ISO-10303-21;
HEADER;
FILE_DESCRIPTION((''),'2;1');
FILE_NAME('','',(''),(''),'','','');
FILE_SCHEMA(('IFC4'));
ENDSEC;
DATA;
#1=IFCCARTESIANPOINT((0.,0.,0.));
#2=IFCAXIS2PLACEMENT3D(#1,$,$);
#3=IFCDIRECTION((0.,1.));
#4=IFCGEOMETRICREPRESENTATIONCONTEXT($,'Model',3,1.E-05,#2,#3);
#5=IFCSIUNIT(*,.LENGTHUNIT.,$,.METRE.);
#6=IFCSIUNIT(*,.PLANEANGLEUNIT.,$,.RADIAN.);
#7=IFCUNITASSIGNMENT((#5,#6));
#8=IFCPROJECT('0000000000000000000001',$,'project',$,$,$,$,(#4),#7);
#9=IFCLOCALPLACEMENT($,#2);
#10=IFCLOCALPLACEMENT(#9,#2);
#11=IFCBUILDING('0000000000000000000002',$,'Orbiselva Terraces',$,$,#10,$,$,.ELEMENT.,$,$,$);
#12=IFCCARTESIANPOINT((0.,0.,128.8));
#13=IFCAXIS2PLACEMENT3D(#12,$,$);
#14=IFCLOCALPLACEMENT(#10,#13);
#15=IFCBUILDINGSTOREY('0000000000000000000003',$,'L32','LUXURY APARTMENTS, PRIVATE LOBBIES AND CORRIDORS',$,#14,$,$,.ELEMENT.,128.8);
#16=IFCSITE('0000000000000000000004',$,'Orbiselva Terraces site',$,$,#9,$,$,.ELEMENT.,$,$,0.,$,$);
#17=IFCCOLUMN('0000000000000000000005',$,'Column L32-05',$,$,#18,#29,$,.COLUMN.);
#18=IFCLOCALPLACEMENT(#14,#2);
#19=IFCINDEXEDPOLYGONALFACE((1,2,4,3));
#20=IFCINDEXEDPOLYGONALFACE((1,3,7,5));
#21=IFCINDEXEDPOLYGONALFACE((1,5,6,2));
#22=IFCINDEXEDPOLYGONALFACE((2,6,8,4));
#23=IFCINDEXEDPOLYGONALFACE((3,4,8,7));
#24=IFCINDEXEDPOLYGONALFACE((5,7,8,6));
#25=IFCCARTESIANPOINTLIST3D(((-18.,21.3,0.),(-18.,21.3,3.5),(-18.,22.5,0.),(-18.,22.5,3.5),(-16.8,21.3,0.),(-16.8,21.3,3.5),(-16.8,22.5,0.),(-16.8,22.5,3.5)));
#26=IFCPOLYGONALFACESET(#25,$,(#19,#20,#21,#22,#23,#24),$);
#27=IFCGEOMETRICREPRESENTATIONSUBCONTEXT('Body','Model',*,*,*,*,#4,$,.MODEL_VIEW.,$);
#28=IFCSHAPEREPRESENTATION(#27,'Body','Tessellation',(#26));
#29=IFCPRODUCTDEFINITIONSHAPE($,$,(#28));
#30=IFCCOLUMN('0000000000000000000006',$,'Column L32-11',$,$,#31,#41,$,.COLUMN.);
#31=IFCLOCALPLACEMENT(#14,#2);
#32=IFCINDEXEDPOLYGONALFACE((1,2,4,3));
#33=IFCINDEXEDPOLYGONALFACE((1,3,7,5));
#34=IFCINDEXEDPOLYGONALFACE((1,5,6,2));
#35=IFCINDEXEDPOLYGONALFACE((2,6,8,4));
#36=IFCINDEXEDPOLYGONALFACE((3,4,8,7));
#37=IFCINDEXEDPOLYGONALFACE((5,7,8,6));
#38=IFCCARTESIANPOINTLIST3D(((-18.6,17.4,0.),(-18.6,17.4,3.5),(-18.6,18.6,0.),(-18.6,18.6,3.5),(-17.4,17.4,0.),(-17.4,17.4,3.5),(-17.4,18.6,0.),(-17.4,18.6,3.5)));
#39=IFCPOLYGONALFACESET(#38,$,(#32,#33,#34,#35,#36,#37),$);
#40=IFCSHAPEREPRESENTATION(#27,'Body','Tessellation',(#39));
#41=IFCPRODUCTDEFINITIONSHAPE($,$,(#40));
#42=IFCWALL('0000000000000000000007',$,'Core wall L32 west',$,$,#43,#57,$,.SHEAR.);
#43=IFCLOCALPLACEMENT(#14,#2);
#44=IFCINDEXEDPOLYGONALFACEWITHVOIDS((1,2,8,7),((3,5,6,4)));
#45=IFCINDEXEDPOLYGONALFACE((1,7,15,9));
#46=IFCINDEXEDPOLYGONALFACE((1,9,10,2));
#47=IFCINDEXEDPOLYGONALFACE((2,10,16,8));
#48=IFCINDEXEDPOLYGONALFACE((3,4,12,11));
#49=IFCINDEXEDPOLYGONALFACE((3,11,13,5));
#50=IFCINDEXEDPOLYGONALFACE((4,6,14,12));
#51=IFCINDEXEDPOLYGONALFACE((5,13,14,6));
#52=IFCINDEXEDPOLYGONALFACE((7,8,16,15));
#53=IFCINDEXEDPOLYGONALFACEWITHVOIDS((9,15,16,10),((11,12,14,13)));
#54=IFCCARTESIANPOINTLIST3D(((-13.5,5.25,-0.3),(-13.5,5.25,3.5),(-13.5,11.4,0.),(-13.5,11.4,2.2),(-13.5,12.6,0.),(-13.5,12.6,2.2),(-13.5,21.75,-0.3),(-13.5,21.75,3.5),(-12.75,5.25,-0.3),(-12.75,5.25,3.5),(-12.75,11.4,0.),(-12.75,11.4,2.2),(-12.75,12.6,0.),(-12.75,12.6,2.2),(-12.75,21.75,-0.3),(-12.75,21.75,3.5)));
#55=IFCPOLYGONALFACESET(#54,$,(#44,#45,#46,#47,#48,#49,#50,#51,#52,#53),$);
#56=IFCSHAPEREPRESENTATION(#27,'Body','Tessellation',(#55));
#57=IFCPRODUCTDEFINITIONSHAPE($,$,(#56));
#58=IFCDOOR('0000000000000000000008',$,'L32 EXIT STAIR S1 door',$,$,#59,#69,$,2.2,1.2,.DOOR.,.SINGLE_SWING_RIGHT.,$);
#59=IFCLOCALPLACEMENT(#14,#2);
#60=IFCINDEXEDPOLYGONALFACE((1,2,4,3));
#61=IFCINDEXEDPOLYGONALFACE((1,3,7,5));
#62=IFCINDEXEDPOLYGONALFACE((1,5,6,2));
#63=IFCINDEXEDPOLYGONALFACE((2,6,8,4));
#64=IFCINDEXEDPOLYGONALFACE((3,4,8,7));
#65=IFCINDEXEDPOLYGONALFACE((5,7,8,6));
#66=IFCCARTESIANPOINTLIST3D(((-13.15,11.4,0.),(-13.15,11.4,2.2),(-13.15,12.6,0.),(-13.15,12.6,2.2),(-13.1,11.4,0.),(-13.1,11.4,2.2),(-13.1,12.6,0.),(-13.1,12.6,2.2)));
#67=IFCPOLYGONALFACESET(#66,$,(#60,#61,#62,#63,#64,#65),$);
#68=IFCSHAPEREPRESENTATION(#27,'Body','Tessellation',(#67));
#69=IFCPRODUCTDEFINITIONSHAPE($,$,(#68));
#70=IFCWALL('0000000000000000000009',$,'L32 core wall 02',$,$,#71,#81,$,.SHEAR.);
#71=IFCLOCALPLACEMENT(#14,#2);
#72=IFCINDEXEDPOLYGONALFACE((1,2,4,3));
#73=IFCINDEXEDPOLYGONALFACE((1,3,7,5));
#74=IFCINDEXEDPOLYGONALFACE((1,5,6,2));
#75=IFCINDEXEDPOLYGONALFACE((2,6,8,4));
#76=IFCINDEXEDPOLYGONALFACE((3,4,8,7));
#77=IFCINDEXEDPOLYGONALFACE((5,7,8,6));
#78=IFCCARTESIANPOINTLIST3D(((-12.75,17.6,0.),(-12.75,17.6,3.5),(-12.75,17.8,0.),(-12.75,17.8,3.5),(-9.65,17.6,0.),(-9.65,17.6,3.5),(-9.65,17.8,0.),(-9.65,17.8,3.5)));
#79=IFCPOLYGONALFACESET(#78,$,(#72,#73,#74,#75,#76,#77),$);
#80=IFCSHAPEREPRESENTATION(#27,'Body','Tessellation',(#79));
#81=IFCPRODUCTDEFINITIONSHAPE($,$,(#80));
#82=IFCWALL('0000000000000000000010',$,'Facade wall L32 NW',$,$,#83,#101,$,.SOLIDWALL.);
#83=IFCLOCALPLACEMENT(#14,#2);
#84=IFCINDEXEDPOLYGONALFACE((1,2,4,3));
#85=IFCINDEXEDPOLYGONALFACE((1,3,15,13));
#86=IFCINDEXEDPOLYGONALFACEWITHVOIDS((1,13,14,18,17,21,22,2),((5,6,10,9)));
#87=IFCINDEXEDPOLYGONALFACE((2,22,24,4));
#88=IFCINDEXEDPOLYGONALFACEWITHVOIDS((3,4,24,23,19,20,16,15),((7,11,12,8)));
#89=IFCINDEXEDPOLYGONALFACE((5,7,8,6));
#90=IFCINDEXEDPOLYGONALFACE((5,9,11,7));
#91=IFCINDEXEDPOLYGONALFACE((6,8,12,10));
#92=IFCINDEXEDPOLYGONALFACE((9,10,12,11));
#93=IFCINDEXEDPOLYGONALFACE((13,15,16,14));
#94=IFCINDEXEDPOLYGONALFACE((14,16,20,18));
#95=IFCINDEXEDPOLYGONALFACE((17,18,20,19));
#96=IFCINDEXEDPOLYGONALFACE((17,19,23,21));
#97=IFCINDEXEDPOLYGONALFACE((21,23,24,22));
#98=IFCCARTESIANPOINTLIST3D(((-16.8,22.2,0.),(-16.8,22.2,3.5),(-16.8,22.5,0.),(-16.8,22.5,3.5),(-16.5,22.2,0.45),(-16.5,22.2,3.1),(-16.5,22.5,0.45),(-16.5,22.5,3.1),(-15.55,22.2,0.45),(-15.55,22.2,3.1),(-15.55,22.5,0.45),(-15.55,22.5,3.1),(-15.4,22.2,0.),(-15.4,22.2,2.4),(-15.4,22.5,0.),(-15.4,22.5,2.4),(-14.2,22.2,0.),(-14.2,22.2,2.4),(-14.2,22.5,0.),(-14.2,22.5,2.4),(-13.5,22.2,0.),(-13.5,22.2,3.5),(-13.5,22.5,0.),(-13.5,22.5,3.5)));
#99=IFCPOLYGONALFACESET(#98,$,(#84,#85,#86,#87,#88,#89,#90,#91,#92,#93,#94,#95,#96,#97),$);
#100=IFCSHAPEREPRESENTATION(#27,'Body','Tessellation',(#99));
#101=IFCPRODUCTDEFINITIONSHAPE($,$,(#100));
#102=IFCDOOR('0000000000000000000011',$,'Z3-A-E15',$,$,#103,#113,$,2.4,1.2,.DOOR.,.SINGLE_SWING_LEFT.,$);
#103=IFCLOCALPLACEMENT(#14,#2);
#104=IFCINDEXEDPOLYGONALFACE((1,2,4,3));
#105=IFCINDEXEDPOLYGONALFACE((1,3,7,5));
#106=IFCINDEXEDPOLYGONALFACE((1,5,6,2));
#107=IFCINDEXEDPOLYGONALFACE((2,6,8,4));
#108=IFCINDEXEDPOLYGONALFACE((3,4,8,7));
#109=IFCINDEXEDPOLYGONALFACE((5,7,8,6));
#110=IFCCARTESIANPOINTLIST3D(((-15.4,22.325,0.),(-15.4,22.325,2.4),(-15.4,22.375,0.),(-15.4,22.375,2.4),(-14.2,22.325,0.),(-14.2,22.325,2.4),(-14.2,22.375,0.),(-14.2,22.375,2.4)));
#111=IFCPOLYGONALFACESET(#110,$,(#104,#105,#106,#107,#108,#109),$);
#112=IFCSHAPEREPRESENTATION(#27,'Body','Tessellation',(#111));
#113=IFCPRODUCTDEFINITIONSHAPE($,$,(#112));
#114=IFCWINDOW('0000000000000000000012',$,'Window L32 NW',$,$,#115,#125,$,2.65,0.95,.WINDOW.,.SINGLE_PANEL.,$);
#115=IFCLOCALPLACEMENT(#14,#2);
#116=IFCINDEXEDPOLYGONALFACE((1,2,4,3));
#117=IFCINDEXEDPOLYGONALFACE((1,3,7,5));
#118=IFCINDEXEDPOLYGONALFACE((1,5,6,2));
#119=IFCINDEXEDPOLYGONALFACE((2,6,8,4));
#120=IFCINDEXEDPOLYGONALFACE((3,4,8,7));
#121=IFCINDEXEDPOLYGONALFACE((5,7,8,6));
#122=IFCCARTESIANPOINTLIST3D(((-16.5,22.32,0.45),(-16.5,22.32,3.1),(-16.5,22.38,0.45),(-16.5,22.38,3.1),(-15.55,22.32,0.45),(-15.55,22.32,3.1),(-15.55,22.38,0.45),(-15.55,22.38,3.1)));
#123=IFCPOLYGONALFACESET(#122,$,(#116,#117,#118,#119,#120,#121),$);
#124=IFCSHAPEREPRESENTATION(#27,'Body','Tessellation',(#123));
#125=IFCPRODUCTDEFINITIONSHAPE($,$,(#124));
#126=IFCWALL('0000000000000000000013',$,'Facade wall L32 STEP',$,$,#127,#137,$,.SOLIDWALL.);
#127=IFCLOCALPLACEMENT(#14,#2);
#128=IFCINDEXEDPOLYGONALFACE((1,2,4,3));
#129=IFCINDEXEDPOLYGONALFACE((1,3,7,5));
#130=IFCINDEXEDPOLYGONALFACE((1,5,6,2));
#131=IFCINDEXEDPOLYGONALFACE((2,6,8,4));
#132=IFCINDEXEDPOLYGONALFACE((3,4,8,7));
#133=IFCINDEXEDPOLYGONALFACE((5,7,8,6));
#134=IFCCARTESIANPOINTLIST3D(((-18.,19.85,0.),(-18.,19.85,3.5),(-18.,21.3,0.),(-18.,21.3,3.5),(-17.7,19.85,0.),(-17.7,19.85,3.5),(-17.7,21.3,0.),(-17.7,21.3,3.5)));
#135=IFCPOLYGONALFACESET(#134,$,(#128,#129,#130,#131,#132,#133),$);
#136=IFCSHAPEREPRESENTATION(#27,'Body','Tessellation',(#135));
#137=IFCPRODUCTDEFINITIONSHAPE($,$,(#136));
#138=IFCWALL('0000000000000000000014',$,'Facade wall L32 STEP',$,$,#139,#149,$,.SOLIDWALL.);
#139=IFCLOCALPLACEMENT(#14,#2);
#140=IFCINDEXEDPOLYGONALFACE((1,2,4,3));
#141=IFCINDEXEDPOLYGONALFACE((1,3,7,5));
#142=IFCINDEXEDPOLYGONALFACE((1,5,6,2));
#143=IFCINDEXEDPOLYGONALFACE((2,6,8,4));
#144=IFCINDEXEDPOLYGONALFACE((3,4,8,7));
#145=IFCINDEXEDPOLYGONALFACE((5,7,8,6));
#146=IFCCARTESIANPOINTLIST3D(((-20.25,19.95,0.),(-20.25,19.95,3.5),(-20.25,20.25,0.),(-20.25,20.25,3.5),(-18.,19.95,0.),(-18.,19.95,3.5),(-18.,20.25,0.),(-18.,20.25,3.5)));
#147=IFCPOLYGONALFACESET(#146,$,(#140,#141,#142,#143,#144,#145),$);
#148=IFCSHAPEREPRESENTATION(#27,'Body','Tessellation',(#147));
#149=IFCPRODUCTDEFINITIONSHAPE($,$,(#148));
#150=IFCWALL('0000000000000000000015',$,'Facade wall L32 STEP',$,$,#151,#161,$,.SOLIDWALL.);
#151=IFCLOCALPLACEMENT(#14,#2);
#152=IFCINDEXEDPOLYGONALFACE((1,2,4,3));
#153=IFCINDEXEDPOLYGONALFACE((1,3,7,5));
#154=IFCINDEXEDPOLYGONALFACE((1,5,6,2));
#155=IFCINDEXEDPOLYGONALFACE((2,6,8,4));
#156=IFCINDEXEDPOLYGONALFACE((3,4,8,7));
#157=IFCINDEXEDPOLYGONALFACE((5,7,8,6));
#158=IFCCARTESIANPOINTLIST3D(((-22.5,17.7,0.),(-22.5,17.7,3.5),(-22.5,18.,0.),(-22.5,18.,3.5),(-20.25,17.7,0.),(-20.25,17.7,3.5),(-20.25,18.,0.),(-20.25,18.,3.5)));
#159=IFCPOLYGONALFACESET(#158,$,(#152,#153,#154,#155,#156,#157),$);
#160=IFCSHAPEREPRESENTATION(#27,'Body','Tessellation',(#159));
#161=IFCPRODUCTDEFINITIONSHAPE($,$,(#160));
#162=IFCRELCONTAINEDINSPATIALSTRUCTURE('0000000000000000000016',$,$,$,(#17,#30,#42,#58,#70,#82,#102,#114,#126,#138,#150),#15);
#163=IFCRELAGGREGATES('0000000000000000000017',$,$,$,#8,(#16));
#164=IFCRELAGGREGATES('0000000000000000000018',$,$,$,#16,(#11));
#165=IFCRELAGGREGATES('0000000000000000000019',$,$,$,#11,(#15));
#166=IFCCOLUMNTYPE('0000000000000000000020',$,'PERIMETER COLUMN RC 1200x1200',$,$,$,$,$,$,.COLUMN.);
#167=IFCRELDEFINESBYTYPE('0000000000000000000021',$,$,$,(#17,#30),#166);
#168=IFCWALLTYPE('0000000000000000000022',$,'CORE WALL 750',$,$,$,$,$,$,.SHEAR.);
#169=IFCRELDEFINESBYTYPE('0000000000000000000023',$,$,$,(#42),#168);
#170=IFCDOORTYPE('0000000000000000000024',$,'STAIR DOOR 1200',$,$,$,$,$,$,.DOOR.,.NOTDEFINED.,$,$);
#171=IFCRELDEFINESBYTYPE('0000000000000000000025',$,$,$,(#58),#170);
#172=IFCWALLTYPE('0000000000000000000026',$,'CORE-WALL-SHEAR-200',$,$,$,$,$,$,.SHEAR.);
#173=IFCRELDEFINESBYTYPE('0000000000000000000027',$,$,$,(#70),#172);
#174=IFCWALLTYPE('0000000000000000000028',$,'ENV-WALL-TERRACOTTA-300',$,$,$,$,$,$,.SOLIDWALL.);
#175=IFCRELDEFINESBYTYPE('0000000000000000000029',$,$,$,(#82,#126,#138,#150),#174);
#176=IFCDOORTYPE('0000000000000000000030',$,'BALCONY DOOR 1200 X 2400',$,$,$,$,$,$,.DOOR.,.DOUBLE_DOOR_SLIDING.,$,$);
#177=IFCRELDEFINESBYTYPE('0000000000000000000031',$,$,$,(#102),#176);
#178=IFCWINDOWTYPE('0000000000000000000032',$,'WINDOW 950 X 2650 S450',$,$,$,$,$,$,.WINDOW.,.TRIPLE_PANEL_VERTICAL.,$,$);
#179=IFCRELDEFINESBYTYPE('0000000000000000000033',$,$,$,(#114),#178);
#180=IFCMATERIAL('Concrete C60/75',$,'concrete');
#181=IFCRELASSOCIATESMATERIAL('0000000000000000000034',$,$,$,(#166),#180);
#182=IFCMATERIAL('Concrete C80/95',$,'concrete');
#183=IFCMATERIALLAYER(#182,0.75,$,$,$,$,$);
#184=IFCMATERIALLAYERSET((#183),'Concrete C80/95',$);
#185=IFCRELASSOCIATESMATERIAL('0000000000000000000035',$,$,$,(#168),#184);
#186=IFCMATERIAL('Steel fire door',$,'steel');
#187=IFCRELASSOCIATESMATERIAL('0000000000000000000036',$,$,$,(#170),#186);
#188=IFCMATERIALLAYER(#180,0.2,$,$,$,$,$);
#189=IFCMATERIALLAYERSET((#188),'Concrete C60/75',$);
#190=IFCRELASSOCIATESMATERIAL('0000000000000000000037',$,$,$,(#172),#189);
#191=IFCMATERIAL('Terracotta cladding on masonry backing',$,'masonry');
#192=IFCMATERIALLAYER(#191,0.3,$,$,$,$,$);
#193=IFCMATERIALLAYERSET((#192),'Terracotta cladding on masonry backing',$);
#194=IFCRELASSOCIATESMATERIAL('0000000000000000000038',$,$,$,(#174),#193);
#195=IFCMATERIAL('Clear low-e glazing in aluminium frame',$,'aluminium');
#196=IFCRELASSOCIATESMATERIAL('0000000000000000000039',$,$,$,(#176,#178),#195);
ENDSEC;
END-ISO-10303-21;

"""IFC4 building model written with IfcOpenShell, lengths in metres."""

from ifc_helpers import new_model, si_unit, direction, frame, frame_2d, origin, origin_2d, place, context, subcontext, project, spatial, rectangle, extrude, material, layer, layer_set, material_profile, profile_set, type_object, element, fill, save


model = new_model("IFC4")

# Units and contexts
model_context = context("Model", 3, precision=1e-05, world=origin(), true_north=direction((0.0, 1.0)))
body_context = subcontext(model_context, "Body", "Model", "MODEL_VIEW")
ifc_project = project(units=[si_unit("LENGTHUNIT", "METRE"), si_unit("PLANEANGLEUNIT", "RADIAN")], contexts=[model_context])

# Site, building, storey
site_placement = place(None, origin())
site = spatial("IfcSite", under=ifc_project, at=site_placement, Name="Orbiselva Terraces site", CompositionType="ELEMENT", RefElevation=0.0)
building_placement = place(site_placement, origin())
building = spatial("IfcBuilding", under=site, at=building_placement, Name="Orbiselva Terraces", CompositionType="ELEMENT")
storey_placement = place(building_placement, frame((0.0, 0.0, 128.8)))
storey = spatial("IfcBuildingStorey", under=building, at=storey_placement, Name="L32", Description="LUXURY APARTMENTS, PRIVATE LOBBIES AND CORRIDORS", CompositionType="ELEMENT", Elevation=128.8)

# Columns
ifc_material_1 = material(Name="Concrete C60/75", Category="concrete")
ifc_material_profile = material_profile(ifc_material_1, rectangle(XDim=1.2, YDim=1.2, at=origin_2d()), Name="RC 1200x1200")
ifc_profile_set = profile_set([ifc_material_profile], Name="Concrete C60/75")
column_type = type_object("IfcColumnType", Name="PERIMETER COLUMN RC 1200x1200", PredefinedType="COLUMN", material=ifc_profile_set)
for number, where, z_axis, x_axis, name in (
    (1, (-17.4, 21.9, 0.0), (0.0, 0.0, 1.0), (1.0, 0.0, 0.0), "Column L32-05"),
    (2, (-18.0, 18.0, 0.0), (0.0, 0.0, 1.0), (1.0, 0.0, 0.0), "Column L32-11"),
):
    element("IfcColumn", number, at=place(storey_placement, frame(where, z_axis=z_axis, x_axis=x_axis)), inside=storey, type_object=column_type, Name=name, PredefinedType="COLUMN", context=body_context, shape_type="SweptSolid", body=[
        extrude(rectangle(XDim=1.2, YDim=1.2, at=origin_2d()), origin(), (0.0, 0.0, 1.0), 3.5),
    ])

# Wall, opening, door
ifc_material_2 = material(Name="Concrete C80/95", Category="concrete")
ifc_layer_1 = layer(ifc_material_2, 0.75)
ifc_layer_set_1 = layer_set([ifc_layer_1], Name="Concrete C80/95")
wall_type_1 = type_object("IfcWallType", Name="CORE WALL 750", PredefinedType="SHEAR", material=ifc_layer_set_1)
wall_1_placement = place(storey_placement, frame((-13.125, 21.75, -0.3), z_axis=(0.0, 0.0, 1.0), x_axis=(0.0, -1.0, 0.0)))
wall_1 = element("IfcWall", 3, at=wall_1_placement, inside=storey, type_object=wall_type_1, Name="Core wall L32 west", PredefinedType="SHEAR", context=body_context, shape_type="SweptSolid", body=[
    extrude(rectangle(XDim=16.5, YDim=0.75, at=frame_2d((8.25, 0.0))), origin(), (0.0, 0.0, 1.0), 3.8),
])
opening_1_placement = place(wall_1_placement, frame((9.15, 0.0, 0.3)))
opening_1 = element("IfcOpeningElement", 4, at=opening_1_placement, cuts=wall_1, PredefinedType="OPENING", context=body_context, shape_type="SweptSolid", body=[
    extrude(rectangle(XDim=1.2, YDim=2.2, at=frame_2d((0.6, 1.1))), frame((0.0, 0.385, 0.0), z_axis=(0.0, -1.0, 0.0), x_axis=(1.0, 0.0, 0.0)), (0.0, 0.0, 1.0), 0.77),
])
ifc_material_3 = material(Name="Steel fire door", Category="steel")
door_type_1 = type_object("IfcDoorType", Name="STAIR DOOR 1200", OperationType="NOTDEFINED", PredefinedType="DOOR", material=ifc_material_3)
door_1_placement = place(opening_1_placement, frame((1.2, 0.0, 0.0), z_axis=(0.0, 0.0, 1.0), x_axis=(-1.0, 0.0, 0.0)))
door_1 = element("IfcDoor", 5, at=door_1_placement, inside=storey, type_object=door_type_1, Name="L32 EXIT STAIR S1 door", OperationType="SINGLE_SWING_RIGHT", OverallHeight=2.2, OverallWidth=1.2, PredefinedType="DOOR", context=body_context, shape_type="SweptSolid", body=[
    extrude(rectangle(XDim=1.2, YDim=2.2, at=frame_2d((0.6, 1.1))), frame((0.0, 0.025, 0.0), z_axis=(0.0, -1.0, 0.0), x_axis=(1.0, 0.0, 0.0)), (0.0, 0.0, 1.0), 0.05),
])
fill(opening_1, door_1)

# Wall
ifc_layer_2 = layer(ifc_material_1, 0.2)
ifc_layer_set_2 = layer_set([ifc_layer_2], Name="Concrete C60/75")
wall_type_2 = type_object("IfcWallType", Name="CORE-WALL-SHEAR-200", PredefinedType="SHEAR", material=ifc_layer_set_2)
wall_2_placement = place(storey_placement, frame((-12.75, 17.7, 0.0), z_axis=(0.0, 0.0, 1.0), x_axis=(1.0, 0.0, 0.0)))
element("IfcWall", 6, at=wall_2_placement, inside=storey, type_object=wall_type_2, Name="L32 core wall 02", PredefinedType="SHEAR", context=body_context, shape_type="SweptSolid", body=[
    extrude(rectangle(XDim=3.1, YDim=0.2, at=frame_2d((1.55, 0.0))), origin(), (0.0, 0.0, 1.0), 3.5),
])

# Wall, openings, door, window
ifc_material_4 = material(Name="Terracotta cladding on masonry backing", Category="masonry")
ifc_layer_3 = layer(ifc_material_4, 0.3)
ifc_layer_set_3 = layer_set([ifc_layer_3], Name="Terracotta cladding on masonry backing")
wall_type_3 = type_object("IfcWallType", Name="ENV-WALL-TERRACOTTA-300", PredefinedType="SOLIDWALL", material=ifc_layer_set_3)
wall_3_placement = place(storey_placement, frame((-16.8, 22.35, 0.0), z_axis=(0.0, 0.0, 1.0), x_axis=(1.0, 0.0, 0.0)))
wall_3 = element("IfcWall", 7, at=wall_3_placement, inside=storey, type_object=wall_type_3, Name="Facade wall L32 NW", PredefinedType="SOLIDWALL", context=body_context, shape_type="SweptSolid", body=[
    extrude(rectangle(XDim=3.3, YDim=0.3, at=frame_2d((1.65, 0.0))), origin(), (0.0, 0.0, 1.0), 3.5),
])
opening_2_placement = place(wall_3_placement, frame((1.4, 0.0, 0.0)))
opening_2 = element("IfcOpeningElement", 8, at=opening_2_placement, cuts=wall_3, PredefinedType="OPENING", context=body_context, shape_type="SweptSolid", body=[
    extrude(rectangle(XDim=1.2, YDim=2.4, at=frame_2d((0.6, 1.2))), frame((0.0, 0.16, 0.0), z_axis=(0.0, -1.0, 0.0), x_axis=(1.0, 0.0, 0.0)), (0.0, 0.0, 1.0), 0.32),
])
opening_3_placement = place(wall_3_placement, frame((0.3, 0.0, 0.45)))
opening_3 = element("IfcOpeningElement", 9, at=opening_3_placement, cuts=wall_3, PredefinedType="OPENING", context=body_context, shape_type="SweptSolid", body=[
    extrude(rectangle(XDim=0.95, YDim=2.65, at=frame_2d((0.475, 1.325))), frame((0.0, 0.16, 0.0), z_axis=(0.0, -1.0, 0.0), x_axis=(1.0, 0.0, 0.0)), (0.0, 0.0, 1.0), 0.32),
])
ifc_material_5 = material(Name="Clear low-e glazing in aluminium frame", Category="aluminium")
door_type_2 = type_object("IfcDoorType", Name="BALCONY DOOR 1200 X 2400", OperationType="DOUBLE_DOOR_SLIDING", PredefinedType="DOOR", material=ifc_material_5)
door_2_placement = place(opening_2_placement, origin())
door_2 = element("IfcDoor", 10, at=door_2_placement, inside=storey, type_object=door_type_2, Name="Z3-A-E15", OperationType="SINGLE_SWING_LEFT", OverallHeight=2.4, OverallWidth=1.2, PredefinedType="DOOR", context=body_context, shape_type="SweptSolid", body=[
    extrude(rectangle(XDim=1.2, YDim=2.4, at=frame_2d((0.6, 1.2))), frame((0.0, 0.025, 0.0), z_axis=(0.0, -1.0, 0.0), x_axis=(1.0, 0.0, 0.0)), (0.0, 0.0, 1.0), 0.05),
])
fill(opening_2, door_2)
window_type = type_object("IfcWindowType", Name="WINDOW 950 X 2650 S450", PartitioningType="TRIPLE_PANEL_VERTICAL", PredefinedType="WINDOW", material=ifc_material_5)
window_placement = place(opening_3_placement, origin())
window = element("IfcWindow", 11, at=window_placement, inside=storey, type_object=window_type, Name="Window L32 NW", OverallHeight=2.65, OverallWidth=0.95, PartitioningType="SINGLE_PANEL", PredefinedType="WINDOW", context=body_context, shape_type="SweptSolid", body=[
    extrude(rectangle(XDim=0.95, YDim=2.65, at=frame_2d((0.475, 1.325))), frame((0.0, 0.03, 0.0), z_axis=(0.0, -1.0, 0.0), x_axis=(1.0, 0.0, 0.0)), (0.0, 0.0, 1.0), 0.06),
])
fill(opening_3, window)

# Walls
wall_4_placement = place(storey_placement, frame((-17.85, 19.85, 0.0), z_axis=(0.0, 0.0, 1.0), x_axis=(0.0, 1.0, 0.0)))
element("IfcWall", 12, at=wall_4_placement, inside=storey, type_object=wall_type_3, Name="Facade wall L32 STEP", PredefinedType="SOLIDWALL", context=body_context, shape_type="SweptSolid", body=[
    extrude(rectangle(XDim=1.45, YDim=0.3, at=frame_2d((0.725, 0.0))), origin(), (0.0, 0.0, 1.0), 3.5),
])
for number, where, z_axis, x_axis, name in (
    (13, (-20.25, 20.1, 0.0), (0.0, 0.0, 1.0), (1.0, 0.0, 0.0), "Facade wall L32 STEP"),
    (14, (-22.5, 17.85, 0.0), (0.0, 0.0, 1.0), (1.0, 0.0, 0.0), "Facade wall L32 STEP"),
):
    element("IfcWall", number, at=place(storey_placement, frame(where, z_axis=z_axis, x_axis=x_axis)), inside=storey, type_object=wall_type_3, Name=name, PredefinedType="SOLIDWALL", context=body_context, shape_type="SweptSolid", body=[
        extrude(rectangle(XDim=2.25, YDim=0.3, at=frame_2d((1.125, 0.0))), origin(), (0.0, 0.0, 1.0), 3.5),
    ])

save(model, "model.ifc")
